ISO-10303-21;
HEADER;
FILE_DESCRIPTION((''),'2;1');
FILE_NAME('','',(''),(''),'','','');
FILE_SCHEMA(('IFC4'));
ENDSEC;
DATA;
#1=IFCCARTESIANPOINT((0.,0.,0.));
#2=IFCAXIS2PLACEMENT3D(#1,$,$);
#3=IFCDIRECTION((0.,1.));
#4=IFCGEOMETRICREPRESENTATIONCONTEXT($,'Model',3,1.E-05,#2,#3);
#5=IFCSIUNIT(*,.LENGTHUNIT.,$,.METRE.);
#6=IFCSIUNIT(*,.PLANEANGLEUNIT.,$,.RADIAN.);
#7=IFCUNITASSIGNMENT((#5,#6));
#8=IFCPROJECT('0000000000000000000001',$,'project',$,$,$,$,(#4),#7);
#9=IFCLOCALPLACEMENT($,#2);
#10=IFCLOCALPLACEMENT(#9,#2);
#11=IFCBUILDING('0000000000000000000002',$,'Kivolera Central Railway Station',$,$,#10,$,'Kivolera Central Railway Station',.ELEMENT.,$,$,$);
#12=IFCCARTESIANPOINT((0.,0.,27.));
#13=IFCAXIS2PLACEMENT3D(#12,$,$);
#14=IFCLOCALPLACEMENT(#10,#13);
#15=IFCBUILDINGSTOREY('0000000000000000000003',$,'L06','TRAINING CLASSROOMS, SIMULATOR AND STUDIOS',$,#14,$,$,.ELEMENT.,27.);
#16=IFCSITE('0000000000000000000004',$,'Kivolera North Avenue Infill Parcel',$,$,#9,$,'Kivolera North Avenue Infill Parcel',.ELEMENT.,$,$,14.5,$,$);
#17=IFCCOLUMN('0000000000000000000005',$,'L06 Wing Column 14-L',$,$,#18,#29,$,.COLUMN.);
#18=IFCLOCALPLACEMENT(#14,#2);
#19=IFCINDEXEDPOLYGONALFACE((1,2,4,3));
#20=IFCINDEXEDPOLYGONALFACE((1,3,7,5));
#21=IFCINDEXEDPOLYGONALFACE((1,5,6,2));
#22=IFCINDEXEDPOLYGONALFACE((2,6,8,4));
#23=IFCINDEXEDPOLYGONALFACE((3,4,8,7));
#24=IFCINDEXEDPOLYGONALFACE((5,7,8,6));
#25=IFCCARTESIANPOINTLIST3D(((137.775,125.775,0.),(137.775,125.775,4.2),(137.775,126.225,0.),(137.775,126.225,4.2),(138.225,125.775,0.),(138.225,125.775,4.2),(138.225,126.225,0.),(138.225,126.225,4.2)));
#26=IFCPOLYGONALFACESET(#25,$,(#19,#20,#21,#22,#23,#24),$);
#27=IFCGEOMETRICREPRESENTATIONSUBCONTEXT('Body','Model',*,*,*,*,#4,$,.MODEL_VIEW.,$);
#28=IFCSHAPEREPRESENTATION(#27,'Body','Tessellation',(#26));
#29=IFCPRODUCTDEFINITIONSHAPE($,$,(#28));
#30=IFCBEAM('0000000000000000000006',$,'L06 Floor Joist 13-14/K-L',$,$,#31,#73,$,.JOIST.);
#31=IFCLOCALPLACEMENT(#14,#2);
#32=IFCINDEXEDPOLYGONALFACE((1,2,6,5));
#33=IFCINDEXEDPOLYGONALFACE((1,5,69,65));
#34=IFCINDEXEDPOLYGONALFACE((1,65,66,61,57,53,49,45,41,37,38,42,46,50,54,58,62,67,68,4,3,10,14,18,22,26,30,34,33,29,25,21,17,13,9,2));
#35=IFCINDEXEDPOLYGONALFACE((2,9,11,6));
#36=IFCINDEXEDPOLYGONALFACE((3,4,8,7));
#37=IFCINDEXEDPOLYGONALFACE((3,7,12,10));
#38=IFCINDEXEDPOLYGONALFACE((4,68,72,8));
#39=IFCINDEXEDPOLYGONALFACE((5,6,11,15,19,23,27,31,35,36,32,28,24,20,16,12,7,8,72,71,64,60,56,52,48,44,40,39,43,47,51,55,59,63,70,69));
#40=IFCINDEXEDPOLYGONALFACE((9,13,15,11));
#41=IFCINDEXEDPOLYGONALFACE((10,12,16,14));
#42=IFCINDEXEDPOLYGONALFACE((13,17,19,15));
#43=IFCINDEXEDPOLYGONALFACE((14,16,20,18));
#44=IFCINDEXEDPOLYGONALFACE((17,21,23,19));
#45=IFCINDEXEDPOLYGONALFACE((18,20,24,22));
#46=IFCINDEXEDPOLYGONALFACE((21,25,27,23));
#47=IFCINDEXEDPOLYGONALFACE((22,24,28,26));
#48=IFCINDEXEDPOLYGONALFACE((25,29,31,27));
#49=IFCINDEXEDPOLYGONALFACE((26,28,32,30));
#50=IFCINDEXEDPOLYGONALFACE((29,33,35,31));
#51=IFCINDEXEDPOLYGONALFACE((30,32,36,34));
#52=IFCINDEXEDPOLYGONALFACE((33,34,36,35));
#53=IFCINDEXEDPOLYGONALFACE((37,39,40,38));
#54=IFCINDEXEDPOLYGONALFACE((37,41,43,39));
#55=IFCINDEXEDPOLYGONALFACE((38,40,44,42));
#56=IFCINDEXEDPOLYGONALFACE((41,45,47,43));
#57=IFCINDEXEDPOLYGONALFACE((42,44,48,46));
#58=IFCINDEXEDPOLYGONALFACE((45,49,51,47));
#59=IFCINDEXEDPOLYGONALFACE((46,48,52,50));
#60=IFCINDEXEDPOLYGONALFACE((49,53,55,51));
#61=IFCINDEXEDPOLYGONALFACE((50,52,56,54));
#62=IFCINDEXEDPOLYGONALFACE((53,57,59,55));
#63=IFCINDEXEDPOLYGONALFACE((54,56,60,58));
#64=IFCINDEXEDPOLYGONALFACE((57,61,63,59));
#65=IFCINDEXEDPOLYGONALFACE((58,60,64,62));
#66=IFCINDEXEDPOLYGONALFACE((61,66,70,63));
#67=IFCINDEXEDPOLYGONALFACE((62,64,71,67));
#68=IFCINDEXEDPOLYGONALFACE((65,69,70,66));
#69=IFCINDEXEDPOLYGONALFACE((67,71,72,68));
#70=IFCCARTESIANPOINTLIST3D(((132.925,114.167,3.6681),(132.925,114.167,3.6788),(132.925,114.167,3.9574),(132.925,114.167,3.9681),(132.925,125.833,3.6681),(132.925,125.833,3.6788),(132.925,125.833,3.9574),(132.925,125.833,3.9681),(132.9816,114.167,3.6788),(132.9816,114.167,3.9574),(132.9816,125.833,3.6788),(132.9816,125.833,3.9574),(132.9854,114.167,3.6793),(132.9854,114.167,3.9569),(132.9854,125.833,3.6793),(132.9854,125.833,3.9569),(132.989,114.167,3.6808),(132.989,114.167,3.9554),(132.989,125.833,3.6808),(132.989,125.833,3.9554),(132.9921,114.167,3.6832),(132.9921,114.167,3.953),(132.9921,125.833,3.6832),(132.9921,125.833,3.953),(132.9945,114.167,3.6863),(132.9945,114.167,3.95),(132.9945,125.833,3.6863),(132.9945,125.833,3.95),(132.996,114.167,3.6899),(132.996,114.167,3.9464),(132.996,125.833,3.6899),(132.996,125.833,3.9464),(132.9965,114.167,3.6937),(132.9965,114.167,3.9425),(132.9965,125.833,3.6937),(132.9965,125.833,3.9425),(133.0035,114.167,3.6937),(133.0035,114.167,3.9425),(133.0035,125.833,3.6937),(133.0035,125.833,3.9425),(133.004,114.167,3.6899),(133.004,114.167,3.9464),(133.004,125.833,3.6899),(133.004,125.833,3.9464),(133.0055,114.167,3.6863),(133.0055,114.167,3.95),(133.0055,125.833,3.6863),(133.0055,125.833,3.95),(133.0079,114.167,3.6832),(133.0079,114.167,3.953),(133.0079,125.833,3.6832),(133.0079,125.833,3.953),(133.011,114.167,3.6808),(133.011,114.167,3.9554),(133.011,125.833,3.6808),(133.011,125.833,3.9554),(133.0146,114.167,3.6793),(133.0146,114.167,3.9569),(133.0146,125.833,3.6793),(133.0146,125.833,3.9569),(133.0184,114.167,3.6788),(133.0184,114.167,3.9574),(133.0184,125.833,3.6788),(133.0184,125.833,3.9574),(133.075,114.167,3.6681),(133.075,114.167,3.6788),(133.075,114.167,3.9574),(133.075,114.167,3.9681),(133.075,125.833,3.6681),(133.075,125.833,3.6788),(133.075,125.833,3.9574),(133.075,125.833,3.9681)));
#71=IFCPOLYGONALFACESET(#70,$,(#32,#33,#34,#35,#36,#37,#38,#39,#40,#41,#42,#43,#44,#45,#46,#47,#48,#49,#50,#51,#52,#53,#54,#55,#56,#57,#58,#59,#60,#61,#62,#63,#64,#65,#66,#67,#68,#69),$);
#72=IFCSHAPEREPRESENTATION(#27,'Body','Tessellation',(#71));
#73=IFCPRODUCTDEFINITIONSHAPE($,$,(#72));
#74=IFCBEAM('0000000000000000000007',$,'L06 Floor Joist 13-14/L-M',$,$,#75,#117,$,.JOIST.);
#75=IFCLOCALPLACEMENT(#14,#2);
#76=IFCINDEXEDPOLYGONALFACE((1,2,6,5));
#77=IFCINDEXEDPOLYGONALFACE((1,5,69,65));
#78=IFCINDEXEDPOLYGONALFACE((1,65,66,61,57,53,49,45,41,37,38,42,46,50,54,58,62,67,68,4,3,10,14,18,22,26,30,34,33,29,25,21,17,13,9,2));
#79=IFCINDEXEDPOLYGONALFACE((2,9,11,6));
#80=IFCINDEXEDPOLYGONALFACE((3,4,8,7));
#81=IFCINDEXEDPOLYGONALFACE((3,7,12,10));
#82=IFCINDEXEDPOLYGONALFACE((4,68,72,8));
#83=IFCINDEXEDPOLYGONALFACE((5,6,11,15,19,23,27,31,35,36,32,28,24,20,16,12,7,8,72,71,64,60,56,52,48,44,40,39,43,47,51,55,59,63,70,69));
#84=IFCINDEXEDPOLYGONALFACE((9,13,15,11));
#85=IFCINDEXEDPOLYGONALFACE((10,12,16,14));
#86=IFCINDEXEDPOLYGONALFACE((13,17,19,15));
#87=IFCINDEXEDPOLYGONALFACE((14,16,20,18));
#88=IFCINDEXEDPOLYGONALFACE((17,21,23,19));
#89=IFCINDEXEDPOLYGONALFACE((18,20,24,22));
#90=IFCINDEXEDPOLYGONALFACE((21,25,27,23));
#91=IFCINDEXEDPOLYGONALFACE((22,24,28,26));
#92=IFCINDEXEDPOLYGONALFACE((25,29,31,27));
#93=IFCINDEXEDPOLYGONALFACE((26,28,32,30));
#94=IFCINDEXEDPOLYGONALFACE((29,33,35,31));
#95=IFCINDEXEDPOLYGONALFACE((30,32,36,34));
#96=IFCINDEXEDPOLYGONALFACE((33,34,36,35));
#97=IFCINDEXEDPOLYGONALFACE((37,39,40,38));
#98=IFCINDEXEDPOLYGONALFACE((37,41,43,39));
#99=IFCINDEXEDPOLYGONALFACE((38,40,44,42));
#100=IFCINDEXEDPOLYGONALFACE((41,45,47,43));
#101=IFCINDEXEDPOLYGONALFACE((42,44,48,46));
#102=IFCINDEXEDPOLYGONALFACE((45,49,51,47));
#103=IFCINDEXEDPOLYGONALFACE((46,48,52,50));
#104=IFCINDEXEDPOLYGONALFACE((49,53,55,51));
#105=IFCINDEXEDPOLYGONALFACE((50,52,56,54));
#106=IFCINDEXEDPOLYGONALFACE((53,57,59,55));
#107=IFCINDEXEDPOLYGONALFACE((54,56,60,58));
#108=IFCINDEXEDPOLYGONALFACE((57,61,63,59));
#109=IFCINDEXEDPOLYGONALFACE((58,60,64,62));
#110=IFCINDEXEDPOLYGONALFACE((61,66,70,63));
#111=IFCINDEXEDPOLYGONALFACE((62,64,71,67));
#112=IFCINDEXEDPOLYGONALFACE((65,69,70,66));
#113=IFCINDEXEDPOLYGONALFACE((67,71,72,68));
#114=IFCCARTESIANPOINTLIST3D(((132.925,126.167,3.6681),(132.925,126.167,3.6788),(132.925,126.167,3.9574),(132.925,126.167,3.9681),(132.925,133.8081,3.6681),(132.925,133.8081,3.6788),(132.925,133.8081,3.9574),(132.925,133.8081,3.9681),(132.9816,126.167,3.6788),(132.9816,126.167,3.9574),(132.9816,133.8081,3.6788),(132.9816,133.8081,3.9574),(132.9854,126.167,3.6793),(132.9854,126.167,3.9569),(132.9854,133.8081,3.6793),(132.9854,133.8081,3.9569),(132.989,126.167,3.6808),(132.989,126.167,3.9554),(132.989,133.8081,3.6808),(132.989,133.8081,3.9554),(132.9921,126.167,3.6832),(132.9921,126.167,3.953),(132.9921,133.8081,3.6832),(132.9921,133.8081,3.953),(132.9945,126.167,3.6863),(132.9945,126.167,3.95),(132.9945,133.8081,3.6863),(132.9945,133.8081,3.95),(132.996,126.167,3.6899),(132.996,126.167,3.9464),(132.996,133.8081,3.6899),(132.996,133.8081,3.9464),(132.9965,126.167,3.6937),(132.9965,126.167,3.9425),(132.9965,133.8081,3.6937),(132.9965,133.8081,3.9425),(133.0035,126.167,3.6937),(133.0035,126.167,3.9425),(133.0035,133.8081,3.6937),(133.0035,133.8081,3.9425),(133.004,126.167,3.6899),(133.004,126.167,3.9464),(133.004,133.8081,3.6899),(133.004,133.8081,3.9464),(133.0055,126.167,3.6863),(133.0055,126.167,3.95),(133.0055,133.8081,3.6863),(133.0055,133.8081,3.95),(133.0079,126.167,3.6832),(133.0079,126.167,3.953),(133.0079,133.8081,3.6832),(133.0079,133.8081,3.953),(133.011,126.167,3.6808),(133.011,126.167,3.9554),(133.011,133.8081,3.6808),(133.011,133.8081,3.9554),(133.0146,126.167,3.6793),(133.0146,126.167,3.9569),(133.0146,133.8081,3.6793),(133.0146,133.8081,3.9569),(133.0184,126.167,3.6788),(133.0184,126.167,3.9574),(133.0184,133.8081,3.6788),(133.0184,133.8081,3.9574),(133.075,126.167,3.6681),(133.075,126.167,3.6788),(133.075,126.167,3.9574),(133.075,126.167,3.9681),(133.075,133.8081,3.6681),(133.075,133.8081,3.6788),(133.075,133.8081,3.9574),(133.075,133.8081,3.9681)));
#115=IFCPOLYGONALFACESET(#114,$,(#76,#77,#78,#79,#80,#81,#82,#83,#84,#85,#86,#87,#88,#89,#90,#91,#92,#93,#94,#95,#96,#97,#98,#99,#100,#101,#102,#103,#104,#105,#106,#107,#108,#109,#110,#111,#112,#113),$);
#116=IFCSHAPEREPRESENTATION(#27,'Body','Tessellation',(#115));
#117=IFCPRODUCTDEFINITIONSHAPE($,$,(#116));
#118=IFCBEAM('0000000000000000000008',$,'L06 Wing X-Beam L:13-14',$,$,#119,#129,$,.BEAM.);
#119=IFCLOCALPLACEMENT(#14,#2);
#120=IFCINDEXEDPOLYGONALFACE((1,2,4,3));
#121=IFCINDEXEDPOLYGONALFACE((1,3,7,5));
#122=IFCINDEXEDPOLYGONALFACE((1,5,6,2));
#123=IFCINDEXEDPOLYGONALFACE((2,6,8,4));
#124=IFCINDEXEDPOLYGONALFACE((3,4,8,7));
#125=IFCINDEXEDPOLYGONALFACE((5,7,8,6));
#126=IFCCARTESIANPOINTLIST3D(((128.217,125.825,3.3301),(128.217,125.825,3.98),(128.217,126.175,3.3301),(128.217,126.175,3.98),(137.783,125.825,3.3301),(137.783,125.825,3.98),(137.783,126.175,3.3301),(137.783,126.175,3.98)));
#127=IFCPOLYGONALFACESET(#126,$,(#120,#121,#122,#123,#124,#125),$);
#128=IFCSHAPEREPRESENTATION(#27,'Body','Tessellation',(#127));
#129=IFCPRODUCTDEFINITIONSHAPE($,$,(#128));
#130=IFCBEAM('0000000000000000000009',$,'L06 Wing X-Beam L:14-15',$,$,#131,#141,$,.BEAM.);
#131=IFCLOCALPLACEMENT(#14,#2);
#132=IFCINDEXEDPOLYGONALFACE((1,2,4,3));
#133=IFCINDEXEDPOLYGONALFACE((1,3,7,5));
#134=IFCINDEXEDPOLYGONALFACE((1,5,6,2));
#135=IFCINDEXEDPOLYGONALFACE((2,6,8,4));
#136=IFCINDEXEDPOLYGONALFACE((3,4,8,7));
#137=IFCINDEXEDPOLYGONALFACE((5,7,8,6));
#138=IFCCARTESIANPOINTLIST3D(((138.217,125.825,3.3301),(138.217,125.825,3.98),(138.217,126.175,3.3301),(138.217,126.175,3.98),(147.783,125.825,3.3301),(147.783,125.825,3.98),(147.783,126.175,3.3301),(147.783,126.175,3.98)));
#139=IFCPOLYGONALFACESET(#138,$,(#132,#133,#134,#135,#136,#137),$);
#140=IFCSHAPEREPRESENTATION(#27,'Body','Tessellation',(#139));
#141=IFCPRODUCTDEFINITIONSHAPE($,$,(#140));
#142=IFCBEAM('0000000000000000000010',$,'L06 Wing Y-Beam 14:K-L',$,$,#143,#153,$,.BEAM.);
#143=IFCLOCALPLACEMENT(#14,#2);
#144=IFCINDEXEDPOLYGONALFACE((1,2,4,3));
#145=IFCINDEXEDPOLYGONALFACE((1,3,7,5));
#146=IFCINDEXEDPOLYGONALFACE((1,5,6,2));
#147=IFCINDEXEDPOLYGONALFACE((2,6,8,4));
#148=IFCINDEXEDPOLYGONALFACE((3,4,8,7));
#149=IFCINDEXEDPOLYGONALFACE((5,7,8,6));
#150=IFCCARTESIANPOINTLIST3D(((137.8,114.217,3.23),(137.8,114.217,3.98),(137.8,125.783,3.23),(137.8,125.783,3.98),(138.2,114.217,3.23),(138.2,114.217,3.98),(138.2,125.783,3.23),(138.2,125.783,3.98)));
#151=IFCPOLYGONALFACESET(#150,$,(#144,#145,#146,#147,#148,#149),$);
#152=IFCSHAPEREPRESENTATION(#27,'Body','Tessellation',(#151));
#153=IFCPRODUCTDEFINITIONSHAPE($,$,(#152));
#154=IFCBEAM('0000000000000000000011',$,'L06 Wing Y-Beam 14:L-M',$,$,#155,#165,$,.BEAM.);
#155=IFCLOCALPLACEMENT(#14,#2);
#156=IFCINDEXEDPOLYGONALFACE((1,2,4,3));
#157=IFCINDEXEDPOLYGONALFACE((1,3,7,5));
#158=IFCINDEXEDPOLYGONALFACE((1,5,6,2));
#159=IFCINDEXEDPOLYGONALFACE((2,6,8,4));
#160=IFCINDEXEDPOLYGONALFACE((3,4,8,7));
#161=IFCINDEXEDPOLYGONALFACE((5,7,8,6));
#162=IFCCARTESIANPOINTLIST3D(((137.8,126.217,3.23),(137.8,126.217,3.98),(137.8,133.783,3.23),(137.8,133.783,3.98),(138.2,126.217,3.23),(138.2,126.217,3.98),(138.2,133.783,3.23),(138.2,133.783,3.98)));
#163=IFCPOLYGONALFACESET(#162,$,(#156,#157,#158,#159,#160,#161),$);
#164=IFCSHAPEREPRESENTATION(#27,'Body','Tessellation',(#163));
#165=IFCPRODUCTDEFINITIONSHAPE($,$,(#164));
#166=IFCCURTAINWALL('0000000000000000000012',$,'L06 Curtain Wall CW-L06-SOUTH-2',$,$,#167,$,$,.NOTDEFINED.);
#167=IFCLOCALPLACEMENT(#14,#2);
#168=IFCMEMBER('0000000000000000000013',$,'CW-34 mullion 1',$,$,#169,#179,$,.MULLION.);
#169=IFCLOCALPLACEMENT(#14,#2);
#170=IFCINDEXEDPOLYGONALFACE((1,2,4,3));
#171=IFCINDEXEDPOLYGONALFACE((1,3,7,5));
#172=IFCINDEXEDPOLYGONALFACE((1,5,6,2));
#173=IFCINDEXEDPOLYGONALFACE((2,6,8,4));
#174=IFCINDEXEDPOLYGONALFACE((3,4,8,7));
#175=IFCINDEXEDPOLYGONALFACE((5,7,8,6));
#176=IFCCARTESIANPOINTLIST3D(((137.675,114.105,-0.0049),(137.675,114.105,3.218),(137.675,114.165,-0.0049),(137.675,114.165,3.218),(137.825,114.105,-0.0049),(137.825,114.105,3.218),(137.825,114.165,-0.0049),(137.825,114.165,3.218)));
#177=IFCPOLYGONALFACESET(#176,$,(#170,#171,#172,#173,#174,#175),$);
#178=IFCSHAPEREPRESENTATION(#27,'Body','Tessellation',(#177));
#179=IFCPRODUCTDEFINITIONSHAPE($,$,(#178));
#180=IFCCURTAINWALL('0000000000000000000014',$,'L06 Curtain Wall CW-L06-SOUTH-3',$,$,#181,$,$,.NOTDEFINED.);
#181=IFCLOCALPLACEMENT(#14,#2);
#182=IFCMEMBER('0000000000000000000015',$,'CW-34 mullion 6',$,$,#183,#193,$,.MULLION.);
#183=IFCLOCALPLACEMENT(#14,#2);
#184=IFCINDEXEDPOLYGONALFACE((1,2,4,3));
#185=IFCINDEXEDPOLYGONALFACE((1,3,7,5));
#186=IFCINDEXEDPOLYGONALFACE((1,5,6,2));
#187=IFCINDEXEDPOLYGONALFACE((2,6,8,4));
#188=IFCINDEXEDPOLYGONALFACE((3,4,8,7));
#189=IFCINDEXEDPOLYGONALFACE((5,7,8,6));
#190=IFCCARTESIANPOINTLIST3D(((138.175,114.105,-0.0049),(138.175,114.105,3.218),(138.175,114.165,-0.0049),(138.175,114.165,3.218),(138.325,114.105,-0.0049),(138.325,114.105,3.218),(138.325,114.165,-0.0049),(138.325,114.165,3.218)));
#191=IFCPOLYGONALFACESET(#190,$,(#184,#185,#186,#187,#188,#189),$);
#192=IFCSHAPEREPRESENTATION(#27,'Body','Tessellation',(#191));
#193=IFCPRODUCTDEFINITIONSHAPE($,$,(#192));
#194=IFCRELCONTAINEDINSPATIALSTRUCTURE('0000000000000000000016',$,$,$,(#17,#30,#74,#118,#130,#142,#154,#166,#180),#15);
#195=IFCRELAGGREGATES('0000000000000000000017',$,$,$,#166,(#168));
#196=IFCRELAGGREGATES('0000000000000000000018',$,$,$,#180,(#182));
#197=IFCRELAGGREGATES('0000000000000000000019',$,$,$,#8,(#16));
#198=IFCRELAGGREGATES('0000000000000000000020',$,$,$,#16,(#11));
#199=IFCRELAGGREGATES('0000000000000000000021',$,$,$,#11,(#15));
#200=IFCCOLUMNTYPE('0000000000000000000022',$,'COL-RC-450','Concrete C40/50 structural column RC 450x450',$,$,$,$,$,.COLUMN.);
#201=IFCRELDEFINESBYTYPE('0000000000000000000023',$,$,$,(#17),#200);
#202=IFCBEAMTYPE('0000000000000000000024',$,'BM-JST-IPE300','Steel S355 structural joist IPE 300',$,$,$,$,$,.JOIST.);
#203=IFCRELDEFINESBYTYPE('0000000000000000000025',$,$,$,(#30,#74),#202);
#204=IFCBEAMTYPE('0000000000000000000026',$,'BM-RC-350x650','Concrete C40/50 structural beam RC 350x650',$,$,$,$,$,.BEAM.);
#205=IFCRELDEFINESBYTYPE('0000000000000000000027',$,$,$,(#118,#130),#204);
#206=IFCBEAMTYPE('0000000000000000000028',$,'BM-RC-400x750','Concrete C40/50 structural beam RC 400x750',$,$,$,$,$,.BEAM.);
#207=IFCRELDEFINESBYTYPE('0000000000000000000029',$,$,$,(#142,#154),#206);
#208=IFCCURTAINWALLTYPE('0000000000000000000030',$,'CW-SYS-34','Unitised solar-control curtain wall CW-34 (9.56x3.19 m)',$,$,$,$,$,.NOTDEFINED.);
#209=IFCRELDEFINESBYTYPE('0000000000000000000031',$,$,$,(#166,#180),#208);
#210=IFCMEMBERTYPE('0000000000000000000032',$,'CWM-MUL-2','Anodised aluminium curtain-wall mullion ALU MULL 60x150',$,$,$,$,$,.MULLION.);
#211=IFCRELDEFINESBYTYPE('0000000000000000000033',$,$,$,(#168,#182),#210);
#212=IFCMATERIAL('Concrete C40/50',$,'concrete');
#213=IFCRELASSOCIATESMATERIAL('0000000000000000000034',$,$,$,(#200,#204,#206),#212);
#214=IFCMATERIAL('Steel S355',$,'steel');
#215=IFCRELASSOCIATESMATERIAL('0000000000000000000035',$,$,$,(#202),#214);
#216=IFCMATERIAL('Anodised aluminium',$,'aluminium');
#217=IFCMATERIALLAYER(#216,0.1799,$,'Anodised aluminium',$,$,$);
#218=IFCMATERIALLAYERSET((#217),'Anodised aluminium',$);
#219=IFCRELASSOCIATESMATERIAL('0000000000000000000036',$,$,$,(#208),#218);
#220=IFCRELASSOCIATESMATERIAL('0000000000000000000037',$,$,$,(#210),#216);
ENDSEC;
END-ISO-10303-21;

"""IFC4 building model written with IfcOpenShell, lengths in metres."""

from ifc_helpers import new_model, si_unit, direction, frame, origin, origin_2d, place, context, subcontext, project, spatial, rectangle, i_section, extrude, material, layer, layer_set, material_profile, profile_set, type_object, element, aggregate, save


model = new_model("IFC4")

# Units and contexts
model_context = context("Model", 3, precision=1e-05, world=origin(), true_north=direction((0.0, 1.0)))
body_context = subcontext(model_context, "Body", "Model", "MODEL_VIEW")
ifc_project = project(units=[si_unit("LENGTHUNIT", "METRE"), si_unit("PLANEANGLEUNIT", "RADIAN")], contexts=[model_context])

# Site, building, storey
site_placement = place(None, origin())
site = spatial("IfcSite", under=ifc_project, at=site_placement, Name="Kivolera North Avenue Infill Parcel", LongName="Kivolera North Avenue Infill Parcel", CompositionType="ELEMENT", RefElevation=14.5)
building_placement = place(site_placement, origin())
building = spatial("IfcBuilding", under=site, at=building_placement, Name="Kivolera Central Railway Station", LongName="Kivolera Central Railway Station", CompositionType="ELEMENT")
storey_placement = place(building_placement, frame((0.0, 0.0, 27.0)))
storey = spatial("IfcBuildingStorey", under=building, at=storey_placement, Name="L06", Description="TRAINING CLASSROOMS, SIMULATOR AND STUDIOS", CompositionType="ELEMENT", Elevation=27.0)

# Column
ifc_material_1 = material(Name="Concrete C40/50", Category="concrete")
ifc_material_profile_1 = material_profile(ifc_material_1, rectangle(XDim=0.45, YDim=0.45, at=origin_2d()), Name="RC 450x450")
ifc_profile_set_1 = profile_set([ifc_material_profile_1], Name="Concrete C40/50")
column_type = type_object("IfcColumnType", Name="COL-RC-450", Description="Concrete C40/50 structural column RC 450x450", PredefinedType="COLUMN", material=ifc_profile_set_1)
column_placement = place(storey_placement, frame((138.0, 126.0, 0.0), z_axis=(0.0, 0.0, 1.0), x_axis=(1.0, 0.0, 0.0)))
element("IfcColumn", 1, at=column_placement, inside=storey, type_object=column_type, Name="L06 Wing Column 14-L", PredefinedType="COLUMN", context=body_context, shape_type="SweptSolid", body=[
    extrude(rectangle(XDim=0.45, YDim=0.45, at=origin_2d()), origin(), (0.0, 0.0, 1.0), 4.2),
])

# Beams
ifc_material_2 = material(Name="Steel S355", Category="steel")
ifc_material_profile_2 = material_profile(ifc_material_2, i_section(OverallWidth=0.1499, OverallDepth=0.3, WebThickness=0.0071, FlangeThickness=0.0107, FilletRadius=0.0149, at=origin_2d()), Name="IPE 300")
ifc_profile_set_2 = profile_set([ifc_material_profile_2], Name="Steel S355")
beam_type_1 = type_object("IfcBeamType", Name="BM-JST-IPE300", Description="Steel S355 structural joist IPE 300", PredefinedType="JOIST", material=ifc_profile_set_2)
beam_1_placement = place(storey_placement, frame((133.0, 114.167, 3.8181), z_axis=(0.0, 1.0, 0.0), x_axis=(-1.0, 0.0, 0.0)))
element("IfcBeam", 2, at=beam_1_placement, inside=storey, type_object=beam_type_1, Name="L06 Floor Joist 13-14/K-L", PredefinedType="JOIST", context=body_context, shape_type="SweptSolid", body=[
    extrude(i_section(OverallWidth=0.1499, OverallDepth=0.3, WebThickness=0.0071, FlangeThickness=0.0107, FilletRadius=0.0149, at=origin_2d()), origin(), (0.0, 0.0, 1.0), 11.666),
])
beam_2_placement = place(storey_placement, frame((133.0, 126.167, 3.8181), z_axis=(0.0, 1.0, 0.0), x_axis=(-1.0, 0.0, 0.0)))
element("IfcBeam", 3, at=beam_2_placement, inside=storey, type_object=beam_type_1, Name="L06 Floor Joist 13-14/L-M", PredefinedType="JOIST", context=body_context, shape_type="SweptSolid", body=[
    extrude(i_section(OverallWidth=0.1499, OverallDepth=0.3, WebThickness=0.0071, FlangeThickness=0.0107, FilletRadius=0.0149, at=origin_2d()), origin(), (0.0, 0.0, 1.0), 7.6411),
])
ifc_material_profile_3 = material_profile(ifc_material_1, rectangle(XDim=0.3501, YDim=0.6499, at=origin_2d()), Name="RC 350x650")
ifc_profile_set_3 = profile_set([ifc_material_profile_3], Name="Concrete C40/50")
beam_type_2 = type_object("IfcBeamType", Name="BM-RC-350x650", Description="Concrete C40/50 structural beam RC 350x650", PredefinedType="BEAM", material=ifc_profile_set_3)
for number, where, z_axis, x_axis, name in (
    (4, (128.217, 126.0, 3.655), (1.0, 0.0, 0.0), (0.0, 1.0, 0.0), "L06 Wing X-Beam L:13-14"),
    (5, (138.217, 126.0, 3.655), (1.0, 0.0, 0.0), (0.0, 1.0, 0.0), "L06 Wing X-Beam L:14-15"),
):
    element("IfcBeam", number, at=place(storey_placement, frame(where, z_axis=z_axis, x_axis=x_axis)), inside=storey, type_object=beam_type_2, Name=name, PredefinedType="BEAM", context=body_context, shape_type="SweptSolid", body=[
        extrude(rectangle(XDim=0.3501, YDim=0.6499, at=origin_2d()), origin(), (0.0, 0.0, 1.0), 9.5659),
    ])
ifc_material_profile_4 = material_profile(ifc_material_1, rectangle(XDim=0.3999, YDim=0.75, at=origin_2d()), Name="RC 400x750")
ifc_profile_set_4 = profile_set([ifc_material_profile_4], Name="Concrete C40/50")
beam_type_3 = type_object("IfcBeamType", Name="BM-RC-400x750", Description="Concrete C40/50 structural beam RC 400x750", PredefinedType="BEAM", material=ifc_profile_set_4)
beam_3_placement = place(storey_placement, frame((138.0, 114.217, 3.605), z_axis=(0.0, 1.0, 0.0), x_axis=(-1.0, 0.0, 0.0)))
element("IfcBeam", 6, at=beam_3_placement, inside=storey, type_object=beam_type_3, Name="L06 Wing Y-Beam 14:K-L", PredefinedType="BEAM", context=body_context, shape_type="SweptSolid", body=[
    extrude(rectangle(XDim=0.3999, YDim=0.75, at=origin_2d()), origin(), (0.0, 0.0, 1.0), 11.5659),
])
beam_4_placement = place(storey_placement, frame((138.0, 126.217, 3.605), z_axis=(0.0, 1.0, 0.0), x_axis=(-1.0, 0.0, 0.0)))
element("IfcBeam", 7, at=beam_4_placement, inside=storey, type_object=beam_type_3, Name="L06 Wing Y-Beam 14:L-M", PredefinedType="BEAM", context=body_context, shape_type="SweptSolid", body=[
    extrude(rectangle(XDim=0.3999, YDim=0.75, at=origin_2d()), origin(), (0.0, 0.0, 1.0), 7.5659),
])

# Curtain wall, member
ifc_material_3 = material(Name="Anodised aluminium", Category="aluminium")
ifc_layer_1 = layer(ifc_material_3, 0.1799, Name="Anodised aluminium")
ifc_layer_set_1 = layer_set([ifc_layer_1], Name="Anodised aluminium")
curtain_wall_type = type_object("IfcCurtainWallType", Name="CW-SYS-34", Description="Unitised solar-control curtain wall CW-34 (9.56x3.19 m)", PredefinedType="NOTDEFINED", material=ifc_layer_set_1)
curtain_wall_1_placement = place(storey_placement, origin())
curtain_wall_1 = element("IfcCurtainWall", 8, at=curtain_wall_1_placement, inside=storey, type_object=curtain_wall_type, Name="L06 Curtain Wall CW-L06-SOUTH-2", PredefinedType="NOTDEFINED")
ifc_material_profile_5 = material_profile(ifc_material_3, rectangle(XDim=0.0601, YDim=0.1499, at=origin_2d()), Name="ALU MULL 60x150")
ifc_profile_set_5 = profile_set([ifc_material_profile_5], Name="Anodised aluminium")
member_type_1 = type_object("IfcMemberType", Name="CWM-MUL-2", Description="Anodised aluminium curtain-wall mullion ALU MULL 60x150", PredefinedType="MULLION", material=ifc_profile_set_5)
member_1_placement = place(storey_placement, frame((137.75, 114.135, -0.0049), z_axis=(0.0, 0.0, 1.0), x_axis=(0.0, -1.0, 0.0)))
member_1 = element("IfcMember", 9, at=member_1_placement, type_object=member_type_1, Name="CW-34 mullion 1", PredefinedType="MULLION", context=body_context, shape_type="SweptSolid", body=[
    extrude(rectangle(XDim=0.0601, YDim=0.1499, at=origin_2d()), origin(), (0.0, 0.0, 1.0), 3.2229),
])
aggregate(curtain_wall_1, [member_1])

# Curtain wall, member
curtain_wall_2_placement = place(storey_placement, origin())
curtain_wall_2 = element("IfcCurtainWall", 10, at=curtain_wall_2_placement, inside=storey, type_object=curtain_wall_type, Name="L06 Curtain Wall CW-L06-SOUTH-3", PredefinedType="NOTDEFINED")
member_2_placement = place(storey_placement, frame((138.25, 114.135, -0.0049), z_axis=(0.0, 0.0, 1.0), x_axis=(0.0, -1.0, 0.0)))
member_2 = element("IfcMember", 11, at=member_2_placement, type_object=member_type_1, Name="CW-34 mullion 6", PredefinedType="MULLION", context=body_context, shape_type="SweptSolid", body=[
    extrude(rectangle(XDim=0.0601, YDim=0.1499, at=origin_2d()), origin(), (0.0, 0.0, 1.0), 3.2229),
])
aggregate(curtain_wall_2, [member_2])

save(model, "model.ifc")
